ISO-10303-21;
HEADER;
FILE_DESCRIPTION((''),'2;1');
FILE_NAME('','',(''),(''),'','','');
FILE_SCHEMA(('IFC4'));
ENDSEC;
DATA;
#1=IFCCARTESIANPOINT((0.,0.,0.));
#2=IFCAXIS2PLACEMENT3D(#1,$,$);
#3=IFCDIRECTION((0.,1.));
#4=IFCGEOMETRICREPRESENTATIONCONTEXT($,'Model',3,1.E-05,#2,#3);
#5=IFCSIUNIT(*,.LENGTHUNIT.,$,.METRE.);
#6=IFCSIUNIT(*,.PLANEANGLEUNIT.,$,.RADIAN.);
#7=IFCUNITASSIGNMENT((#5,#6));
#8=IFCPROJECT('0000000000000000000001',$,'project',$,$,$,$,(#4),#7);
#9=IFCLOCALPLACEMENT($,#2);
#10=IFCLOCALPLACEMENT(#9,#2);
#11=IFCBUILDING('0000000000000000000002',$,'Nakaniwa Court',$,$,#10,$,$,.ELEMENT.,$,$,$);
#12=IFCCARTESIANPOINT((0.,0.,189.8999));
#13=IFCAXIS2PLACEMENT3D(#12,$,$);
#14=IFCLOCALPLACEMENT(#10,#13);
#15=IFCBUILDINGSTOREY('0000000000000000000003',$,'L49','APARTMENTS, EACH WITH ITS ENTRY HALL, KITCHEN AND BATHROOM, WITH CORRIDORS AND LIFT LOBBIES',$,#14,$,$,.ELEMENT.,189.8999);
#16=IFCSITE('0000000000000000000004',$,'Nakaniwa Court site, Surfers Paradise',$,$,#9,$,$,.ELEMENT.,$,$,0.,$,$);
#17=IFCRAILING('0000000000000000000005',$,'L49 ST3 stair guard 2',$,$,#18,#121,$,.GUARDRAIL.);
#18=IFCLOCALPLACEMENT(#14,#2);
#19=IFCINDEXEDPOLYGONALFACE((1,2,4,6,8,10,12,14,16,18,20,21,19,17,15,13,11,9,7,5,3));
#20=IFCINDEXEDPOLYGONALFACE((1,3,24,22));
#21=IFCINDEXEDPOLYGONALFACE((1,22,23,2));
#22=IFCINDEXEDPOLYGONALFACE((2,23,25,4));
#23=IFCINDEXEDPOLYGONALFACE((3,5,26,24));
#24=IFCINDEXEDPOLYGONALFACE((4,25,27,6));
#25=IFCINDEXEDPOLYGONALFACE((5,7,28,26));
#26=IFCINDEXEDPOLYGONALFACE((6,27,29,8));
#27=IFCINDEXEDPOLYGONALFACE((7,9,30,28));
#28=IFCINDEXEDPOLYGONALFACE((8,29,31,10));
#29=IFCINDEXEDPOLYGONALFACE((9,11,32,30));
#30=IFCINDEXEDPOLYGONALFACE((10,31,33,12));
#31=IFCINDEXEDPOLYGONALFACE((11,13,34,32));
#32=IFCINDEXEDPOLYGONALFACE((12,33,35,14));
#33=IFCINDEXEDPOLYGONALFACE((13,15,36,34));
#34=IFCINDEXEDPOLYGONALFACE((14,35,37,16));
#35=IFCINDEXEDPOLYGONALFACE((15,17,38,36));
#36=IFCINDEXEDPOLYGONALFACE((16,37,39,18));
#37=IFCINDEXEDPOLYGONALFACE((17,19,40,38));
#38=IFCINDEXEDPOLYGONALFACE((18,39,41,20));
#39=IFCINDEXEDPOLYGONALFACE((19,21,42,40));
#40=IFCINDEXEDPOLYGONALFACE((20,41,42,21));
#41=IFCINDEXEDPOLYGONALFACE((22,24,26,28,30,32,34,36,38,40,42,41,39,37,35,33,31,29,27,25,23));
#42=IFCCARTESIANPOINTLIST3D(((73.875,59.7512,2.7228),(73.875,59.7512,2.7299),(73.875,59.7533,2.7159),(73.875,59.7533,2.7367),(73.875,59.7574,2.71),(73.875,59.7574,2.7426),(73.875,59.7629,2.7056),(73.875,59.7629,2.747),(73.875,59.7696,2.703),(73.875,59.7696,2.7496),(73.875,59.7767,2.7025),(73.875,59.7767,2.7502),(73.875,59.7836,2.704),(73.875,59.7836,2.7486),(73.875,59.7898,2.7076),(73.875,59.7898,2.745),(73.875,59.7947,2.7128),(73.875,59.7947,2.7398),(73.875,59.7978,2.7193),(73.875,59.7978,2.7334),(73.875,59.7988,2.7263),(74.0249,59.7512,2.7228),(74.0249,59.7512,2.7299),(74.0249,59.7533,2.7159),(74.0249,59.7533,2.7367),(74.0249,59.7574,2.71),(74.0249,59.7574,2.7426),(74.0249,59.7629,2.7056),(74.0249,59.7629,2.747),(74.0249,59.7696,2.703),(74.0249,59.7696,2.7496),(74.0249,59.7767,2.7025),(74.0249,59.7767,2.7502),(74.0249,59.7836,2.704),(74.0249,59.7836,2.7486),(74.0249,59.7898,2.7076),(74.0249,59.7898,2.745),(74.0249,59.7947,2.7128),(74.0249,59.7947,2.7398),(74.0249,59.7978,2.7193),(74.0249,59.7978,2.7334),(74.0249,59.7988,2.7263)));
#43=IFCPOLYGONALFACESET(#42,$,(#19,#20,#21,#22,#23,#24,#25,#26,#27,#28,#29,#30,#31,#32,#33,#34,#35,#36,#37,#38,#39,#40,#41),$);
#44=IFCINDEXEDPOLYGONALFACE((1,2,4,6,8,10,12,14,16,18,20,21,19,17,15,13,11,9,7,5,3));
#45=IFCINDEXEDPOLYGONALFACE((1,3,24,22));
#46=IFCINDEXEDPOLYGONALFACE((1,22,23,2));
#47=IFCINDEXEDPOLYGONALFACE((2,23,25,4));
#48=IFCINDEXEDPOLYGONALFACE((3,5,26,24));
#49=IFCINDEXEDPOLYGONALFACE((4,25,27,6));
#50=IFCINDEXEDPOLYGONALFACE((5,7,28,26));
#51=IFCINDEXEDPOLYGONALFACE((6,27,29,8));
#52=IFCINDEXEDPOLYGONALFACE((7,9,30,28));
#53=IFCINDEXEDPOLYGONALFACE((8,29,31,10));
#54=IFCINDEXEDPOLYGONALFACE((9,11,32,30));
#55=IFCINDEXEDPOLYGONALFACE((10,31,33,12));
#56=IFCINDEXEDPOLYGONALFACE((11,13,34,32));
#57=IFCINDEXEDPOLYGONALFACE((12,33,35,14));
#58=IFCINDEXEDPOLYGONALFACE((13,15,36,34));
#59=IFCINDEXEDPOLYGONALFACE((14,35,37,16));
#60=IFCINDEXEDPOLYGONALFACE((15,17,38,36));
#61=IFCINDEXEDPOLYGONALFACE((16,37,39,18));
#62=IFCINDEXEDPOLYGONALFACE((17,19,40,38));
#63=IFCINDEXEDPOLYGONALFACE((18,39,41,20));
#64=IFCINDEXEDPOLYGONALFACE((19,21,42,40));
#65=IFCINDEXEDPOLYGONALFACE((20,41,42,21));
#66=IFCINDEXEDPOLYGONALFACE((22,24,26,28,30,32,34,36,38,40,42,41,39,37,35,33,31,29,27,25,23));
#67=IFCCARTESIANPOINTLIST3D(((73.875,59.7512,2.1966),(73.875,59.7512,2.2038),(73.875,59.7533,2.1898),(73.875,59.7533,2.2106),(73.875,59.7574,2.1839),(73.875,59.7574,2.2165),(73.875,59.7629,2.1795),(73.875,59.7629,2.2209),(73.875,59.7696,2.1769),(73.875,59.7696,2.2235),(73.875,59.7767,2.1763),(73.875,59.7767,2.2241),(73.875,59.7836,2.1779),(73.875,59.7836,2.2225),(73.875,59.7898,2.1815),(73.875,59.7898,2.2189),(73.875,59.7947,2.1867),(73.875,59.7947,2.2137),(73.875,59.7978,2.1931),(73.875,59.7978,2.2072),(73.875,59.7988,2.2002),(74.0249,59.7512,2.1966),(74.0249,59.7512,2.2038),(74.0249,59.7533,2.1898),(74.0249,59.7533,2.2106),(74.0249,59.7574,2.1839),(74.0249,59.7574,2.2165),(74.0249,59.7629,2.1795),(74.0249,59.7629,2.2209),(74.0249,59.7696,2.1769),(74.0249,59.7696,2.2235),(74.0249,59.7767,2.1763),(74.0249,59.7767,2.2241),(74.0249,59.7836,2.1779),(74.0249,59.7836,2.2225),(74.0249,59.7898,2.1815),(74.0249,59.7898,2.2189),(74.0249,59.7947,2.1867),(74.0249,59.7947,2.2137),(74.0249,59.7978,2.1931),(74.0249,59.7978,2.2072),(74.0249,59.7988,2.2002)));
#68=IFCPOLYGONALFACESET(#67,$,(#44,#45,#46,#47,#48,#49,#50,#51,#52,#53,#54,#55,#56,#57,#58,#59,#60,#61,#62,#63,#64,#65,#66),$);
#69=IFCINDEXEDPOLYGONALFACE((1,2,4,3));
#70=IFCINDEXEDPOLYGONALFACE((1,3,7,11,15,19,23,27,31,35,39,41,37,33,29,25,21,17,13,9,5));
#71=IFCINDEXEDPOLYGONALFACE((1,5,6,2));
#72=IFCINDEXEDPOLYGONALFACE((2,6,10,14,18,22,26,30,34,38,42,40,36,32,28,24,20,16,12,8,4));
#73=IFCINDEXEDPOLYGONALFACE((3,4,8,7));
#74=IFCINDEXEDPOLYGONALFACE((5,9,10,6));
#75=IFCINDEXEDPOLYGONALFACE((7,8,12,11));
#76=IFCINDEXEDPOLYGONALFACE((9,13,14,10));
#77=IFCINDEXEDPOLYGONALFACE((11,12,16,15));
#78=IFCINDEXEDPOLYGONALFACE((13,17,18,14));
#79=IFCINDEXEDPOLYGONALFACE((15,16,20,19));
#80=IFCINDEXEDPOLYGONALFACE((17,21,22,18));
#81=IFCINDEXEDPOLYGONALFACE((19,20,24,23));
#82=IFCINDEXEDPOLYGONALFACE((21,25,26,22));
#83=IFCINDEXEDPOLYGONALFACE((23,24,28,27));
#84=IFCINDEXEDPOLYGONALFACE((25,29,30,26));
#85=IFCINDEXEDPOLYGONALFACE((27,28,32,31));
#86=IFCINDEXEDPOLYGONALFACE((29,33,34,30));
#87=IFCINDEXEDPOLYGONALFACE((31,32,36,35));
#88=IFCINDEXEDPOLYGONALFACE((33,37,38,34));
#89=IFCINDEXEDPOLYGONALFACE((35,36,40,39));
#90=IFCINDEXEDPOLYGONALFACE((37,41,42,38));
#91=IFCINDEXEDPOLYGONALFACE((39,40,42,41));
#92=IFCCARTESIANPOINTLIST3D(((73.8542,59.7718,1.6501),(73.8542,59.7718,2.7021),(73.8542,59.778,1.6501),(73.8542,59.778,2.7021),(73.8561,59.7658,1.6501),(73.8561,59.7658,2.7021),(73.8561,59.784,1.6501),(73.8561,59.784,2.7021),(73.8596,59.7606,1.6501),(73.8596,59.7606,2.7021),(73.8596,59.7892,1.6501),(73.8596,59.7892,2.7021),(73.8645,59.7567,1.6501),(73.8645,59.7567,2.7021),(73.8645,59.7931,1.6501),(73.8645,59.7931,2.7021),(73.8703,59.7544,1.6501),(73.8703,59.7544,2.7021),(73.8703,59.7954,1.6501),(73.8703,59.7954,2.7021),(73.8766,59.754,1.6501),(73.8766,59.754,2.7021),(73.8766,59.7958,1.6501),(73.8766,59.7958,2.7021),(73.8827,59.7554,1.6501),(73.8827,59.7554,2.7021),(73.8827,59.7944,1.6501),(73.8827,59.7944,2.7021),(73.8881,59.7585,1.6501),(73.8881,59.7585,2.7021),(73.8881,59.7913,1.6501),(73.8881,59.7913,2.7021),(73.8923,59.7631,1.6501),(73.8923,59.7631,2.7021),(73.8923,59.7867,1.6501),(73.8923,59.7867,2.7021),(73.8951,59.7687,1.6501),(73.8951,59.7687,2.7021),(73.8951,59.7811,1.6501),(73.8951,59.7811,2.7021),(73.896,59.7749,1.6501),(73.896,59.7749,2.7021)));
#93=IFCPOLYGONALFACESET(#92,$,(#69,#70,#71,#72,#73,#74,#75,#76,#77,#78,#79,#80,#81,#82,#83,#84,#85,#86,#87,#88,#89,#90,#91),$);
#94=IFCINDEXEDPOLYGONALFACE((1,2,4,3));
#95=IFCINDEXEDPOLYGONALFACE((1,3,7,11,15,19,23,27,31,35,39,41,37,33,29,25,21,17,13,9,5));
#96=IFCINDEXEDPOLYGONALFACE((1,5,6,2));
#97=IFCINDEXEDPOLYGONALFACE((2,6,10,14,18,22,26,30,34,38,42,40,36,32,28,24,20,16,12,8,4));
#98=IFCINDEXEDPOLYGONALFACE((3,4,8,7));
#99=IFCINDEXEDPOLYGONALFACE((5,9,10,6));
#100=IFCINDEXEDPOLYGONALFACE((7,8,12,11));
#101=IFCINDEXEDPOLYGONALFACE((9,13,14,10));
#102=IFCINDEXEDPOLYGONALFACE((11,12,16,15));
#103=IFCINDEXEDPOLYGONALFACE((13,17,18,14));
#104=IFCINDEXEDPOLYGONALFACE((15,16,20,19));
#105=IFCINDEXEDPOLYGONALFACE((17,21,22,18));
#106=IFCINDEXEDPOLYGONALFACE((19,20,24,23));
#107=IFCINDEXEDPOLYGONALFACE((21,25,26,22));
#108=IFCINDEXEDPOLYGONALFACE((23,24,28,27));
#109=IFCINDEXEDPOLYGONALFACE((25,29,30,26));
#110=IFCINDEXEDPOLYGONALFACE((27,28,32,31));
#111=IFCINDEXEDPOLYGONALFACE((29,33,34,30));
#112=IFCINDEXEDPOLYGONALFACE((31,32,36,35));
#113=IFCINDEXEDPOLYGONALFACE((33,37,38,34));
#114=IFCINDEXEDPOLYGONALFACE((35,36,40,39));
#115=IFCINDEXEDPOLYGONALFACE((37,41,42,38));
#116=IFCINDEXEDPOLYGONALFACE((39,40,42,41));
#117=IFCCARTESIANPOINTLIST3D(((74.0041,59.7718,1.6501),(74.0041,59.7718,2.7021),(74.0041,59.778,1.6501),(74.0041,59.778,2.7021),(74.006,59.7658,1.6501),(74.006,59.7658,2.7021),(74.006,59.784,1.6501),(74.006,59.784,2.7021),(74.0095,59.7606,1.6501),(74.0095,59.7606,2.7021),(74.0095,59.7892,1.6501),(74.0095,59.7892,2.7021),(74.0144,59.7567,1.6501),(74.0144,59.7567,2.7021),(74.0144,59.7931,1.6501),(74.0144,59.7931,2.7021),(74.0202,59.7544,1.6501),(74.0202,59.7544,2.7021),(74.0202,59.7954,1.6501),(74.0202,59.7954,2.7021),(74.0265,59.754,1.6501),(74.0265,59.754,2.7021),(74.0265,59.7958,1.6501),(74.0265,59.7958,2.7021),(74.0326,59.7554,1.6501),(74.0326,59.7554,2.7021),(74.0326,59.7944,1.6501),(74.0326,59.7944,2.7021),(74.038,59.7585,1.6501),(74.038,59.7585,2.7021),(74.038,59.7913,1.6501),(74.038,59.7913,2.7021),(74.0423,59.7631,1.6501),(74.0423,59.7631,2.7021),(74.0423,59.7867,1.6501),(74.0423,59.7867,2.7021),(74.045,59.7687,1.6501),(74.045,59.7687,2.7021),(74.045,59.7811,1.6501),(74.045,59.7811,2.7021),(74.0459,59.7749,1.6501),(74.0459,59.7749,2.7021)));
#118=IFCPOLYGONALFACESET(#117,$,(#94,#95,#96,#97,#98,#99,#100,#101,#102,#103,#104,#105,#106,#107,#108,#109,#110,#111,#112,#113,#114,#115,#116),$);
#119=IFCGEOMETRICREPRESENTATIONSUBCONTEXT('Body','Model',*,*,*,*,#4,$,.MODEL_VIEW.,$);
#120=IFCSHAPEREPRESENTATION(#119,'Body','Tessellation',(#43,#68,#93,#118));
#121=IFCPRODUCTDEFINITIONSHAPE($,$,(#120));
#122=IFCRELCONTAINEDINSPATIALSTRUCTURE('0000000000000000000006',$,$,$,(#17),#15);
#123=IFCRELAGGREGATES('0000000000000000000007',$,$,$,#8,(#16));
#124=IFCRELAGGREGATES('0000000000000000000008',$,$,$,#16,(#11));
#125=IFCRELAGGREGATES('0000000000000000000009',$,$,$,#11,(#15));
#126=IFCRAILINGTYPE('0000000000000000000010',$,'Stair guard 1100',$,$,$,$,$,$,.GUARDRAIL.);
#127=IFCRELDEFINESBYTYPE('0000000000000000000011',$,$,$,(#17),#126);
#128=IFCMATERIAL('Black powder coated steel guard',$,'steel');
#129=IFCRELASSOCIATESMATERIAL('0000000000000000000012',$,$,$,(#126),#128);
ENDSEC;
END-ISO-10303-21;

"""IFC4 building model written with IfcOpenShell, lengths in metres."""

from ifc_helpers import new_model, si_unit, direction, frame, origin, origin_2d, place, context, subcontext, project, spatial, circle, extrude, material, type_object, element, save


model = new_model("IFC4")

# Units and contexts
model_context = context("Model", 3, precision=1e-05, world=origin(), true_north=direction((0.0, 1.0)))
body_context = subcontext(model_context, "Body", "Model", "MODEL_VIEW")
ifc_project = project(units=[si_unit("LENGTHUNIT", "METRE"), si_unit("PLANEANGLEUNIT", "RADIAN")], contexts=[model_context])

# Site, building, storey
site_placement = place(None, origin())
site = spatial("IfcSite", under=ifc_project, at=site_placement, Name="Nakaniwa Court site, Surfers Paradise", CompositionType="ELEMENT", RefElevation=0.0)
building_placement = place(site_placement, origin())
building = spatial("IfcBuilding", under=site, at=building_placement, Name="Nakaniwa Court", CompositionType="ELEMENT")
storey_placement = place(building_placement, frame((0.0, 0.0, 189.8999)))
storey = spatial("IfcBuildingStorey", under=building, at=storey_placement, Name="L49", Description="APARTMENTS, EACH WITH ITS ENTRY HALL, KITCHEN AND BATHROOM, WITH CORRIDORS AND LIFT LOBBIES", CompositionType="ELEMENT", Elevation=189.8999)

# Railing
ifc_material_1 = material(Name="Black powder coated steel guard", Category="steel")
railing_type_1 = type_object("IfcRailingType", Name="Stair guard 1100", PredefinedType="GUARDRAIL", material=ifc_material_1)
railing_1_placement = place(storey_placement, frame((73.875, 59.7749, 1.6501)))
element("IfcRailing", 1, at=railing_1_placement, inside=storey, type_object=railing_type_1, Name="L49 ST3 stair guard 2", PredefinedType="GUARDRAIL", context=body_context, shape_type="SweptSolid", body=[
    extrude(circle(Radius=0.0239, at=origin_2d()), frame((0.0, 0.0, 1.0762), z_axis=(1.0, 0.0, 0.0), x_axis=(0.0, 1.0, 0.0)), (0.0, 0.0, 1.0), 0.1499),
    extrude(circle(Radius=0.0239, at=origin_2d()), frame((0.0, 0.0, 0.55), z_axis=(1.0, 0.0, 0.0), x_axis=(0.0, 1.0, 0.0)), (0.0, 0.0, 1.0), 0.1499),
    extrude(circle(Radius=0.021, at=origin_2d()), origin(), (0.0, 0.0, 1.0), 1.052),
    extrude(circle(Radius=0.021, at=origin_2d()), frame((0.1499, 0.0, 0.0)), (0.0, 0.0, 1.0), 1.052),
])

save(model, "model.ifc")
